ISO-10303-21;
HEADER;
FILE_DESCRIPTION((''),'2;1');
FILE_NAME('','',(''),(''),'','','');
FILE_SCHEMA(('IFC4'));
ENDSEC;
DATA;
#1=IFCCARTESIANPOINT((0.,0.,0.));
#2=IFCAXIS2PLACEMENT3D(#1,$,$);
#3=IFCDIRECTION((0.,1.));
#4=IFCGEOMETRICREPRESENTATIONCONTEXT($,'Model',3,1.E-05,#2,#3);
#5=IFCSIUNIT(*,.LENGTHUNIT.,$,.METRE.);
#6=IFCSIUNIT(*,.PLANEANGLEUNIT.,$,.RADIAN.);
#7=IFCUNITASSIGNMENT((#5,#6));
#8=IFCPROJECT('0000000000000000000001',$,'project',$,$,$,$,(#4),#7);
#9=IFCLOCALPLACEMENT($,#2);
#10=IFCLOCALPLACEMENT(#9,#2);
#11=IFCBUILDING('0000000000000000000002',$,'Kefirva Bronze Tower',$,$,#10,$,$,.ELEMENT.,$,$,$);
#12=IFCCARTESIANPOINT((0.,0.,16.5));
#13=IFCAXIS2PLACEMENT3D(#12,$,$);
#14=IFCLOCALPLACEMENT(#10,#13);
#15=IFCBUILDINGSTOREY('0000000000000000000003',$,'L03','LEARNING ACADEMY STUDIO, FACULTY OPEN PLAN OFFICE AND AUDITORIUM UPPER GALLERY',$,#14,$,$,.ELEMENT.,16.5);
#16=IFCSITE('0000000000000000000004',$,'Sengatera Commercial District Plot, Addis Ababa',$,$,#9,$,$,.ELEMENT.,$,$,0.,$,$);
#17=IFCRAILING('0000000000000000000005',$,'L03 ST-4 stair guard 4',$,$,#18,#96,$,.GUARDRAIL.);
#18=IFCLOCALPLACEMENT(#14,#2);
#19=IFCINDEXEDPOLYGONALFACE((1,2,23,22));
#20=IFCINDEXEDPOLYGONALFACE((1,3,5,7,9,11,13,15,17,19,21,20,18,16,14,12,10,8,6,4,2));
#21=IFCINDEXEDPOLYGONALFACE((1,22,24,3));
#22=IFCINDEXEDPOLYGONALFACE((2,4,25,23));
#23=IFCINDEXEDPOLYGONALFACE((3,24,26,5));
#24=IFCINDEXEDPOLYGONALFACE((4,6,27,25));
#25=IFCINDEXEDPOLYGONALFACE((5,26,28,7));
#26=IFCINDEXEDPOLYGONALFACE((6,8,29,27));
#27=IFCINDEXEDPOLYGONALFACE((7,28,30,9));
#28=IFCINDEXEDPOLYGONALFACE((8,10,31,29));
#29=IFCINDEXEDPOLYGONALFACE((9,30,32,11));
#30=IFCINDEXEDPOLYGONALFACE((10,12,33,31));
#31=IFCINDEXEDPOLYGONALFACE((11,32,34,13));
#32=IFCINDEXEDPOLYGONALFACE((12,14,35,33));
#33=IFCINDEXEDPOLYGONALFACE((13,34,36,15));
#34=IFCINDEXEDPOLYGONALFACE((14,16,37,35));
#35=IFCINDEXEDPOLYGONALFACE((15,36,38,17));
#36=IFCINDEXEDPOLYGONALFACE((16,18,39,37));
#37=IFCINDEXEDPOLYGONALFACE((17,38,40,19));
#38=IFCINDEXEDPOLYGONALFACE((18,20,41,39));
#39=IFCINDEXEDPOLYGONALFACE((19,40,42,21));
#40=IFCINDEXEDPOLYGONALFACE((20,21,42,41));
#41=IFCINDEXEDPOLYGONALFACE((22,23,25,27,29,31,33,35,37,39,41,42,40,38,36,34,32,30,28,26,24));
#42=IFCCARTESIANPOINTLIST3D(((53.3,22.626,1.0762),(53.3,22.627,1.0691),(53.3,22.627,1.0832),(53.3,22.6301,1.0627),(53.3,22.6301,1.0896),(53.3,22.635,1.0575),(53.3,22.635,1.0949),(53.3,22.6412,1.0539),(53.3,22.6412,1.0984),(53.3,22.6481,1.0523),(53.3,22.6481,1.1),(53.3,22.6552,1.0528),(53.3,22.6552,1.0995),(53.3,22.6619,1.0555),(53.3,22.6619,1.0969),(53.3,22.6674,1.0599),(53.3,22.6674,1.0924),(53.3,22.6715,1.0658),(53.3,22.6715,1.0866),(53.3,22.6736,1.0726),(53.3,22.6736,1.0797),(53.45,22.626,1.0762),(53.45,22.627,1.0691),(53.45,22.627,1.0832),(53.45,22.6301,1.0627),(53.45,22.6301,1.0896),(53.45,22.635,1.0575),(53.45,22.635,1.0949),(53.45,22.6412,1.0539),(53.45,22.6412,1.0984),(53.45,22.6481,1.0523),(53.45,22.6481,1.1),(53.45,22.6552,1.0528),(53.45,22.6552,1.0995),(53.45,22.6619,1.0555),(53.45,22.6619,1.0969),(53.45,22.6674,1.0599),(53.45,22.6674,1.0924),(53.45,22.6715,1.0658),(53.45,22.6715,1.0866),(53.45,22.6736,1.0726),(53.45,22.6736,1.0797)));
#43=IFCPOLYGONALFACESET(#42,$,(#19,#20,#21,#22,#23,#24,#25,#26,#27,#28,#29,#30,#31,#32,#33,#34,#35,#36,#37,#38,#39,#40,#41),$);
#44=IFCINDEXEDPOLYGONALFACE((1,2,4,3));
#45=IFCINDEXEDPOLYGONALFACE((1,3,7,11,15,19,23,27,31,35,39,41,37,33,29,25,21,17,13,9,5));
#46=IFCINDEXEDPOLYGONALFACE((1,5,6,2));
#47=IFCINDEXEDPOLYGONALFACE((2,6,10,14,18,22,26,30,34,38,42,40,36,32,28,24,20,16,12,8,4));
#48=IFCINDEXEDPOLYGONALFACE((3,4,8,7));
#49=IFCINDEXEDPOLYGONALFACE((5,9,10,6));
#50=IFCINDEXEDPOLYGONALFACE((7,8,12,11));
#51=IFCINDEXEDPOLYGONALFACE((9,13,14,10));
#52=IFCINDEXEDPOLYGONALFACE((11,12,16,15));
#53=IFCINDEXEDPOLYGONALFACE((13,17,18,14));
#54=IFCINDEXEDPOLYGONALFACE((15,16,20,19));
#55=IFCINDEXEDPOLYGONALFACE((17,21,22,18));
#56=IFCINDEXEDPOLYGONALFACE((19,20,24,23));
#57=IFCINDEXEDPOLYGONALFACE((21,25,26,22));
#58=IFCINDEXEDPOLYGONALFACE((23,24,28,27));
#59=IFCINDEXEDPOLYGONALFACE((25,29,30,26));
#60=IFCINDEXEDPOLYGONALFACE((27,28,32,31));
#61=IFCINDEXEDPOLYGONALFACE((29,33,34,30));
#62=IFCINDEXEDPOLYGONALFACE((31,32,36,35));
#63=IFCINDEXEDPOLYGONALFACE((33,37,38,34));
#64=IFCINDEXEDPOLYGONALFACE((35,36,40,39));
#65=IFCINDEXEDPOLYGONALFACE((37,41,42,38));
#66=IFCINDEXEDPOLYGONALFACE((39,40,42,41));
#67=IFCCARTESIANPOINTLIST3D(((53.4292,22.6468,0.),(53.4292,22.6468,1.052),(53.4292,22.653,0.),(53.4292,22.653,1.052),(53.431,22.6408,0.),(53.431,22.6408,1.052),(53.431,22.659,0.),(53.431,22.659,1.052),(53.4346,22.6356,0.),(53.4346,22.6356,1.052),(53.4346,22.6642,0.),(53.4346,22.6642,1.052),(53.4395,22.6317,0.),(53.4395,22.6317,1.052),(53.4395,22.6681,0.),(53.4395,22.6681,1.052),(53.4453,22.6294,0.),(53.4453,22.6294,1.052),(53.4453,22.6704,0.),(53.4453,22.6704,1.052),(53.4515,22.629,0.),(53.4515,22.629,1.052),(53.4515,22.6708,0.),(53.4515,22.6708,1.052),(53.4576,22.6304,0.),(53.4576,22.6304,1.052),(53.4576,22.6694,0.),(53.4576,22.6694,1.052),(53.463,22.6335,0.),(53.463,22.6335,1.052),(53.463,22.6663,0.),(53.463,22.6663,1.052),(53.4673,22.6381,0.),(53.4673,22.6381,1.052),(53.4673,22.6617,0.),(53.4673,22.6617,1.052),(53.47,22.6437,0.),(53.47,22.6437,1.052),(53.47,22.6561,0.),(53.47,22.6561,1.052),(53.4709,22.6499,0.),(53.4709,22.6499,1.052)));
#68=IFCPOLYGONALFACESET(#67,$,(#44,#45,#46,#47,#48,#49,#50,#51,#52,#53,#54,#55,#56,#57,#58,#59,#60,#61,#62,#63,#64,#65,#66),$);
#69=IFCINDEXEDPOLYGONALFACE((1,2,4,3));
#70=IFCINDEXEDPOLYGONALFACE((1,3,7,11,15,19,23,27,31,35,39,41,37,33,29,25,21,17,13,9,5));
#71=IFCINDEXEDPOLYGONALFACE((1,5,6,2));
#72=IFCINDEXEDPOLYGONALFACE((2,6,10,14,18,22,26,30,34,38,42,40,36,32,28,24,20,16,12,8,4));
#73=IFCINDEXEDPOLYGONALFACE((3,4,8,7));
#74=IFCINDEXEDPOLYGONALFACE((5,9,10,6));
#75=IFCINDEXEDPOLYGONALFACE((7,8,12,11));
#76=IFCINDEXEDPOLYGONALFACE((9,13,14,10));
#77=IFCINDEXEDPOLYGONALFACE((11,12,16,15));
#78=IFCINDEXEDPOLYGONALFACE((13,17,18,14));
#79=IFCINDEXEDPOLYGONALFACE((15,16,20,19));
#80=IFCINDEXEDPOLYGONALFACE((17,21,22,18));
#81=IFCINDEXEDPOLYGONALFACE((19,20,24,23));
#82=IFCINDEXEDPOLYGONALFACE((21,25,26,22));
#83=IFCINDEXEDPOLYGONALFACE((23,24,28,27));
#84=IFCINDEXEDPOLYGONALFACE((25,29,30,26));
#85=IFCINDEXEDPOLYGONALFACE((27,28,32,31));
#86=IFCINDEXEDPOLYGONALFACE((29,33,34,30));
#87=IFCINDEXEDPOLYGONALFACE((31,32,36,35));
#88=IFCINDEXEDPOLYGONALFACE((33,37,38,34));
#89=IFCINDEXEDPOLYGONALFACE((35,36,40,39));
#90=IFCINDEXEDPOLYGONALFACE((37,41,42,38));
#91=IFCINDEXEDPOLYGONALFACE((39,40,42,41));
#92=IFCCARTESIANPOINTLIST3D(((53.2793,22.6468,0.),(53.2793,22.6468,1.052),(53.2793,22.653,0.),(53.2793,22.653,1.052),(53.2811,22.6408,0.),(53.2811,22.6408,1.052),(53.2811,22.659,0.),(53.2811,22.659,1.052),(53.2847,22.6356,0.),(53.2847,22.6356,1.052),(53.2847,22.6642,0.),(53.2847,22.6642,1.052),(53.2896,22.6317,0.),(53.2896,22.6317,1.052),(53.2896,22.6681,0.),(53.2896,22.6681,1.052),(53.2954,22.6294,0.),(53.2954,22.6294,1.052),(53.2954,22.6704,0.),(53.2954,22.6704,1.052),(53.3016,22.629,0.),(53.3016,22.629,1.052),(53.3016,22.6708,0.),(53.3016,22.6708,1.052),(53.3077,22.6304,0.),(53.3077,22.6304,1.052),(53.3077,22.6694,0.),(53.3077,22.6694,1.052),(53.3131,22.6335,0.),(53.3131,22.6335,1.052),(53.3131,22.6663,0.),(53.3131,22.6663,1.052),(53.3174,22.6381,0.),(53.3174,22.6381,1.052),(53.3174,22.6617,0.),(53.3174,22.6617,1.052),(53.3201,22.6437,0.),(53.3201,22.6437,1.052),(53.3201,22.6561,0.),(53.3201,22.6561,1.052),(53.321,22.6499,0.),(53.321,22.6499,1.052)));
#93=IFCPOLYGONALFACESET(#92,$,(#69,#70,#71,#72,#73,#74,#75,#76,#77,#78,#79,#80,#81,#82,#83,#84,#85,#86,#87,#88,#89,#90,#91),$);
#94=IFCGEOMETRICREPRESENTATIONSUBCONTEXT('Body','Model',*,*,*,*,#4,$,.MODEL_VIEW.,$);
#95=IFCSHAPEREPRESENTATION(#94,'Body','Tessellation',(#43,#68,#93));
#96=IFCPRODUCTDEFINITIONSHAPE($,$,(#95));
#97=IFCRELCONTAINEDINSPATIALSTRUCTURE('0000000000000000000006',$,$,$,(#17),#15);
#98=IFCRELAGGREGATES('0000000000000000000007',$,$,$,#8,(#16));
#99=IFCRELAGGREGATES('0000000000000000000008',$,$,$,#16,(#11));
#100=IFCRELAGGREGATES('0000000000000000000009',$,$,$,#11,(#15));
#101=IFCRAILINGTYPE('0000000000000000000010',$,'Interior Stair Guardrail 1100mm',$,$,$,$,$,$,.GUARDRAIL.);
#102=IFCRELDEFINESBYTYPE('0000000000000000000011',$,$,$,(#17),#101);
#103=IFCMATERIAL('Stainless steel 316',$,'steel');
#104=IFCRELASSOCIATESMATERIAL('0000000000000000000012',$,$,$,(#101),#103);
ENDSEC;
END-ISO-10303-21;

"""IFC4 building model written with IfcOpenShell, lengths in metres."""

from ifc_helpers import new_model, si_unit, direction, frame, origin, origin_2d, place, context, subcontext, project, spatial, circle, extrude, material, type_object, element, save


model = new_model("IFC4")

# Units and contexts
model_context = context("Model", 3, precision=1e-05, world=origin(), true_north=direction((0.0, 1.0)))
body_context = subcontext(model_context, "Body", "Model", "MODEL_VIEW")
ifc_project = project(units=[si_unit("LENGTHUNIT", "METRE"), si_unit("PLANEANGLEUNIT", "RADIAN")], contexts=[model_context])

# Site, building, storey
site_placement = place(None, origin())
site = spatial("IfcSite", under=ifc_project, at=site_placement, Name="Sengatera Commercial District Plot, Addis Ababa", CompositionType="ELEMENT", RefElevation=0.0)
building_placement = place(site_placement, origin())
building = spatial("IfcBuilding", under=site, at=building_placement, Name="Kefirva Bronze Tower", CompositionType="ELEMENT")
storey_placement = place(building_placement, frame((0.0, 0.0, 16.5)))
storey = spatial("IfcBuildingStorey", under=building, at=storey_placement, Name="L03", Description="LEARNING ACADEMY STUDIO, FACULTY OPEN PLAN OFFICE AND AUDITORIUM UPPER GALLERY", CompositionType="ELEMENT", Elevation=16.5)

# Railing
ifc_material_1 = material(Name="Stainless steel 316", Category="steel")
railing_type_1 = type_object("IfcRailingType", Name="Interior Stair Guardrail 1100mm", PredefinedType="GUARDRAIL", material=ifc_material_1)
railing_1_placement = place(storey_placement, frame((53.45, 22.6499, 0.0)))
element("IfcRailing", 1, at=railing_1_placement, inside=storey, type_object=railing_type_1, Name="L03 ST-4 stair guard 4", PredefinedType="GUARDRAIL", context=body_context, shape_type="SweptSolid", body=[
    extrude(circle(Radius=0.0239, at=origin_2d()), frame((0.0, 0.0, 1.0762), z_axis=(-1.0, 0.0, 0.0), x_axis=(0.0, -1.0, 0.0)), (0.0, 0.0, 1.0), 0.1499),
    extrude(circle(Radius=0.021, at=origin_2d()), origin(), (0.0, 0.0, 1.0), 1.052),
    extrude(circle(Radius=0.021, at=origin_2d()), frame((-0.1499, 0.0, 0.0)), (0.0, 0.0, 1.0), 1.052),
])

save(model, "model.ifc")
